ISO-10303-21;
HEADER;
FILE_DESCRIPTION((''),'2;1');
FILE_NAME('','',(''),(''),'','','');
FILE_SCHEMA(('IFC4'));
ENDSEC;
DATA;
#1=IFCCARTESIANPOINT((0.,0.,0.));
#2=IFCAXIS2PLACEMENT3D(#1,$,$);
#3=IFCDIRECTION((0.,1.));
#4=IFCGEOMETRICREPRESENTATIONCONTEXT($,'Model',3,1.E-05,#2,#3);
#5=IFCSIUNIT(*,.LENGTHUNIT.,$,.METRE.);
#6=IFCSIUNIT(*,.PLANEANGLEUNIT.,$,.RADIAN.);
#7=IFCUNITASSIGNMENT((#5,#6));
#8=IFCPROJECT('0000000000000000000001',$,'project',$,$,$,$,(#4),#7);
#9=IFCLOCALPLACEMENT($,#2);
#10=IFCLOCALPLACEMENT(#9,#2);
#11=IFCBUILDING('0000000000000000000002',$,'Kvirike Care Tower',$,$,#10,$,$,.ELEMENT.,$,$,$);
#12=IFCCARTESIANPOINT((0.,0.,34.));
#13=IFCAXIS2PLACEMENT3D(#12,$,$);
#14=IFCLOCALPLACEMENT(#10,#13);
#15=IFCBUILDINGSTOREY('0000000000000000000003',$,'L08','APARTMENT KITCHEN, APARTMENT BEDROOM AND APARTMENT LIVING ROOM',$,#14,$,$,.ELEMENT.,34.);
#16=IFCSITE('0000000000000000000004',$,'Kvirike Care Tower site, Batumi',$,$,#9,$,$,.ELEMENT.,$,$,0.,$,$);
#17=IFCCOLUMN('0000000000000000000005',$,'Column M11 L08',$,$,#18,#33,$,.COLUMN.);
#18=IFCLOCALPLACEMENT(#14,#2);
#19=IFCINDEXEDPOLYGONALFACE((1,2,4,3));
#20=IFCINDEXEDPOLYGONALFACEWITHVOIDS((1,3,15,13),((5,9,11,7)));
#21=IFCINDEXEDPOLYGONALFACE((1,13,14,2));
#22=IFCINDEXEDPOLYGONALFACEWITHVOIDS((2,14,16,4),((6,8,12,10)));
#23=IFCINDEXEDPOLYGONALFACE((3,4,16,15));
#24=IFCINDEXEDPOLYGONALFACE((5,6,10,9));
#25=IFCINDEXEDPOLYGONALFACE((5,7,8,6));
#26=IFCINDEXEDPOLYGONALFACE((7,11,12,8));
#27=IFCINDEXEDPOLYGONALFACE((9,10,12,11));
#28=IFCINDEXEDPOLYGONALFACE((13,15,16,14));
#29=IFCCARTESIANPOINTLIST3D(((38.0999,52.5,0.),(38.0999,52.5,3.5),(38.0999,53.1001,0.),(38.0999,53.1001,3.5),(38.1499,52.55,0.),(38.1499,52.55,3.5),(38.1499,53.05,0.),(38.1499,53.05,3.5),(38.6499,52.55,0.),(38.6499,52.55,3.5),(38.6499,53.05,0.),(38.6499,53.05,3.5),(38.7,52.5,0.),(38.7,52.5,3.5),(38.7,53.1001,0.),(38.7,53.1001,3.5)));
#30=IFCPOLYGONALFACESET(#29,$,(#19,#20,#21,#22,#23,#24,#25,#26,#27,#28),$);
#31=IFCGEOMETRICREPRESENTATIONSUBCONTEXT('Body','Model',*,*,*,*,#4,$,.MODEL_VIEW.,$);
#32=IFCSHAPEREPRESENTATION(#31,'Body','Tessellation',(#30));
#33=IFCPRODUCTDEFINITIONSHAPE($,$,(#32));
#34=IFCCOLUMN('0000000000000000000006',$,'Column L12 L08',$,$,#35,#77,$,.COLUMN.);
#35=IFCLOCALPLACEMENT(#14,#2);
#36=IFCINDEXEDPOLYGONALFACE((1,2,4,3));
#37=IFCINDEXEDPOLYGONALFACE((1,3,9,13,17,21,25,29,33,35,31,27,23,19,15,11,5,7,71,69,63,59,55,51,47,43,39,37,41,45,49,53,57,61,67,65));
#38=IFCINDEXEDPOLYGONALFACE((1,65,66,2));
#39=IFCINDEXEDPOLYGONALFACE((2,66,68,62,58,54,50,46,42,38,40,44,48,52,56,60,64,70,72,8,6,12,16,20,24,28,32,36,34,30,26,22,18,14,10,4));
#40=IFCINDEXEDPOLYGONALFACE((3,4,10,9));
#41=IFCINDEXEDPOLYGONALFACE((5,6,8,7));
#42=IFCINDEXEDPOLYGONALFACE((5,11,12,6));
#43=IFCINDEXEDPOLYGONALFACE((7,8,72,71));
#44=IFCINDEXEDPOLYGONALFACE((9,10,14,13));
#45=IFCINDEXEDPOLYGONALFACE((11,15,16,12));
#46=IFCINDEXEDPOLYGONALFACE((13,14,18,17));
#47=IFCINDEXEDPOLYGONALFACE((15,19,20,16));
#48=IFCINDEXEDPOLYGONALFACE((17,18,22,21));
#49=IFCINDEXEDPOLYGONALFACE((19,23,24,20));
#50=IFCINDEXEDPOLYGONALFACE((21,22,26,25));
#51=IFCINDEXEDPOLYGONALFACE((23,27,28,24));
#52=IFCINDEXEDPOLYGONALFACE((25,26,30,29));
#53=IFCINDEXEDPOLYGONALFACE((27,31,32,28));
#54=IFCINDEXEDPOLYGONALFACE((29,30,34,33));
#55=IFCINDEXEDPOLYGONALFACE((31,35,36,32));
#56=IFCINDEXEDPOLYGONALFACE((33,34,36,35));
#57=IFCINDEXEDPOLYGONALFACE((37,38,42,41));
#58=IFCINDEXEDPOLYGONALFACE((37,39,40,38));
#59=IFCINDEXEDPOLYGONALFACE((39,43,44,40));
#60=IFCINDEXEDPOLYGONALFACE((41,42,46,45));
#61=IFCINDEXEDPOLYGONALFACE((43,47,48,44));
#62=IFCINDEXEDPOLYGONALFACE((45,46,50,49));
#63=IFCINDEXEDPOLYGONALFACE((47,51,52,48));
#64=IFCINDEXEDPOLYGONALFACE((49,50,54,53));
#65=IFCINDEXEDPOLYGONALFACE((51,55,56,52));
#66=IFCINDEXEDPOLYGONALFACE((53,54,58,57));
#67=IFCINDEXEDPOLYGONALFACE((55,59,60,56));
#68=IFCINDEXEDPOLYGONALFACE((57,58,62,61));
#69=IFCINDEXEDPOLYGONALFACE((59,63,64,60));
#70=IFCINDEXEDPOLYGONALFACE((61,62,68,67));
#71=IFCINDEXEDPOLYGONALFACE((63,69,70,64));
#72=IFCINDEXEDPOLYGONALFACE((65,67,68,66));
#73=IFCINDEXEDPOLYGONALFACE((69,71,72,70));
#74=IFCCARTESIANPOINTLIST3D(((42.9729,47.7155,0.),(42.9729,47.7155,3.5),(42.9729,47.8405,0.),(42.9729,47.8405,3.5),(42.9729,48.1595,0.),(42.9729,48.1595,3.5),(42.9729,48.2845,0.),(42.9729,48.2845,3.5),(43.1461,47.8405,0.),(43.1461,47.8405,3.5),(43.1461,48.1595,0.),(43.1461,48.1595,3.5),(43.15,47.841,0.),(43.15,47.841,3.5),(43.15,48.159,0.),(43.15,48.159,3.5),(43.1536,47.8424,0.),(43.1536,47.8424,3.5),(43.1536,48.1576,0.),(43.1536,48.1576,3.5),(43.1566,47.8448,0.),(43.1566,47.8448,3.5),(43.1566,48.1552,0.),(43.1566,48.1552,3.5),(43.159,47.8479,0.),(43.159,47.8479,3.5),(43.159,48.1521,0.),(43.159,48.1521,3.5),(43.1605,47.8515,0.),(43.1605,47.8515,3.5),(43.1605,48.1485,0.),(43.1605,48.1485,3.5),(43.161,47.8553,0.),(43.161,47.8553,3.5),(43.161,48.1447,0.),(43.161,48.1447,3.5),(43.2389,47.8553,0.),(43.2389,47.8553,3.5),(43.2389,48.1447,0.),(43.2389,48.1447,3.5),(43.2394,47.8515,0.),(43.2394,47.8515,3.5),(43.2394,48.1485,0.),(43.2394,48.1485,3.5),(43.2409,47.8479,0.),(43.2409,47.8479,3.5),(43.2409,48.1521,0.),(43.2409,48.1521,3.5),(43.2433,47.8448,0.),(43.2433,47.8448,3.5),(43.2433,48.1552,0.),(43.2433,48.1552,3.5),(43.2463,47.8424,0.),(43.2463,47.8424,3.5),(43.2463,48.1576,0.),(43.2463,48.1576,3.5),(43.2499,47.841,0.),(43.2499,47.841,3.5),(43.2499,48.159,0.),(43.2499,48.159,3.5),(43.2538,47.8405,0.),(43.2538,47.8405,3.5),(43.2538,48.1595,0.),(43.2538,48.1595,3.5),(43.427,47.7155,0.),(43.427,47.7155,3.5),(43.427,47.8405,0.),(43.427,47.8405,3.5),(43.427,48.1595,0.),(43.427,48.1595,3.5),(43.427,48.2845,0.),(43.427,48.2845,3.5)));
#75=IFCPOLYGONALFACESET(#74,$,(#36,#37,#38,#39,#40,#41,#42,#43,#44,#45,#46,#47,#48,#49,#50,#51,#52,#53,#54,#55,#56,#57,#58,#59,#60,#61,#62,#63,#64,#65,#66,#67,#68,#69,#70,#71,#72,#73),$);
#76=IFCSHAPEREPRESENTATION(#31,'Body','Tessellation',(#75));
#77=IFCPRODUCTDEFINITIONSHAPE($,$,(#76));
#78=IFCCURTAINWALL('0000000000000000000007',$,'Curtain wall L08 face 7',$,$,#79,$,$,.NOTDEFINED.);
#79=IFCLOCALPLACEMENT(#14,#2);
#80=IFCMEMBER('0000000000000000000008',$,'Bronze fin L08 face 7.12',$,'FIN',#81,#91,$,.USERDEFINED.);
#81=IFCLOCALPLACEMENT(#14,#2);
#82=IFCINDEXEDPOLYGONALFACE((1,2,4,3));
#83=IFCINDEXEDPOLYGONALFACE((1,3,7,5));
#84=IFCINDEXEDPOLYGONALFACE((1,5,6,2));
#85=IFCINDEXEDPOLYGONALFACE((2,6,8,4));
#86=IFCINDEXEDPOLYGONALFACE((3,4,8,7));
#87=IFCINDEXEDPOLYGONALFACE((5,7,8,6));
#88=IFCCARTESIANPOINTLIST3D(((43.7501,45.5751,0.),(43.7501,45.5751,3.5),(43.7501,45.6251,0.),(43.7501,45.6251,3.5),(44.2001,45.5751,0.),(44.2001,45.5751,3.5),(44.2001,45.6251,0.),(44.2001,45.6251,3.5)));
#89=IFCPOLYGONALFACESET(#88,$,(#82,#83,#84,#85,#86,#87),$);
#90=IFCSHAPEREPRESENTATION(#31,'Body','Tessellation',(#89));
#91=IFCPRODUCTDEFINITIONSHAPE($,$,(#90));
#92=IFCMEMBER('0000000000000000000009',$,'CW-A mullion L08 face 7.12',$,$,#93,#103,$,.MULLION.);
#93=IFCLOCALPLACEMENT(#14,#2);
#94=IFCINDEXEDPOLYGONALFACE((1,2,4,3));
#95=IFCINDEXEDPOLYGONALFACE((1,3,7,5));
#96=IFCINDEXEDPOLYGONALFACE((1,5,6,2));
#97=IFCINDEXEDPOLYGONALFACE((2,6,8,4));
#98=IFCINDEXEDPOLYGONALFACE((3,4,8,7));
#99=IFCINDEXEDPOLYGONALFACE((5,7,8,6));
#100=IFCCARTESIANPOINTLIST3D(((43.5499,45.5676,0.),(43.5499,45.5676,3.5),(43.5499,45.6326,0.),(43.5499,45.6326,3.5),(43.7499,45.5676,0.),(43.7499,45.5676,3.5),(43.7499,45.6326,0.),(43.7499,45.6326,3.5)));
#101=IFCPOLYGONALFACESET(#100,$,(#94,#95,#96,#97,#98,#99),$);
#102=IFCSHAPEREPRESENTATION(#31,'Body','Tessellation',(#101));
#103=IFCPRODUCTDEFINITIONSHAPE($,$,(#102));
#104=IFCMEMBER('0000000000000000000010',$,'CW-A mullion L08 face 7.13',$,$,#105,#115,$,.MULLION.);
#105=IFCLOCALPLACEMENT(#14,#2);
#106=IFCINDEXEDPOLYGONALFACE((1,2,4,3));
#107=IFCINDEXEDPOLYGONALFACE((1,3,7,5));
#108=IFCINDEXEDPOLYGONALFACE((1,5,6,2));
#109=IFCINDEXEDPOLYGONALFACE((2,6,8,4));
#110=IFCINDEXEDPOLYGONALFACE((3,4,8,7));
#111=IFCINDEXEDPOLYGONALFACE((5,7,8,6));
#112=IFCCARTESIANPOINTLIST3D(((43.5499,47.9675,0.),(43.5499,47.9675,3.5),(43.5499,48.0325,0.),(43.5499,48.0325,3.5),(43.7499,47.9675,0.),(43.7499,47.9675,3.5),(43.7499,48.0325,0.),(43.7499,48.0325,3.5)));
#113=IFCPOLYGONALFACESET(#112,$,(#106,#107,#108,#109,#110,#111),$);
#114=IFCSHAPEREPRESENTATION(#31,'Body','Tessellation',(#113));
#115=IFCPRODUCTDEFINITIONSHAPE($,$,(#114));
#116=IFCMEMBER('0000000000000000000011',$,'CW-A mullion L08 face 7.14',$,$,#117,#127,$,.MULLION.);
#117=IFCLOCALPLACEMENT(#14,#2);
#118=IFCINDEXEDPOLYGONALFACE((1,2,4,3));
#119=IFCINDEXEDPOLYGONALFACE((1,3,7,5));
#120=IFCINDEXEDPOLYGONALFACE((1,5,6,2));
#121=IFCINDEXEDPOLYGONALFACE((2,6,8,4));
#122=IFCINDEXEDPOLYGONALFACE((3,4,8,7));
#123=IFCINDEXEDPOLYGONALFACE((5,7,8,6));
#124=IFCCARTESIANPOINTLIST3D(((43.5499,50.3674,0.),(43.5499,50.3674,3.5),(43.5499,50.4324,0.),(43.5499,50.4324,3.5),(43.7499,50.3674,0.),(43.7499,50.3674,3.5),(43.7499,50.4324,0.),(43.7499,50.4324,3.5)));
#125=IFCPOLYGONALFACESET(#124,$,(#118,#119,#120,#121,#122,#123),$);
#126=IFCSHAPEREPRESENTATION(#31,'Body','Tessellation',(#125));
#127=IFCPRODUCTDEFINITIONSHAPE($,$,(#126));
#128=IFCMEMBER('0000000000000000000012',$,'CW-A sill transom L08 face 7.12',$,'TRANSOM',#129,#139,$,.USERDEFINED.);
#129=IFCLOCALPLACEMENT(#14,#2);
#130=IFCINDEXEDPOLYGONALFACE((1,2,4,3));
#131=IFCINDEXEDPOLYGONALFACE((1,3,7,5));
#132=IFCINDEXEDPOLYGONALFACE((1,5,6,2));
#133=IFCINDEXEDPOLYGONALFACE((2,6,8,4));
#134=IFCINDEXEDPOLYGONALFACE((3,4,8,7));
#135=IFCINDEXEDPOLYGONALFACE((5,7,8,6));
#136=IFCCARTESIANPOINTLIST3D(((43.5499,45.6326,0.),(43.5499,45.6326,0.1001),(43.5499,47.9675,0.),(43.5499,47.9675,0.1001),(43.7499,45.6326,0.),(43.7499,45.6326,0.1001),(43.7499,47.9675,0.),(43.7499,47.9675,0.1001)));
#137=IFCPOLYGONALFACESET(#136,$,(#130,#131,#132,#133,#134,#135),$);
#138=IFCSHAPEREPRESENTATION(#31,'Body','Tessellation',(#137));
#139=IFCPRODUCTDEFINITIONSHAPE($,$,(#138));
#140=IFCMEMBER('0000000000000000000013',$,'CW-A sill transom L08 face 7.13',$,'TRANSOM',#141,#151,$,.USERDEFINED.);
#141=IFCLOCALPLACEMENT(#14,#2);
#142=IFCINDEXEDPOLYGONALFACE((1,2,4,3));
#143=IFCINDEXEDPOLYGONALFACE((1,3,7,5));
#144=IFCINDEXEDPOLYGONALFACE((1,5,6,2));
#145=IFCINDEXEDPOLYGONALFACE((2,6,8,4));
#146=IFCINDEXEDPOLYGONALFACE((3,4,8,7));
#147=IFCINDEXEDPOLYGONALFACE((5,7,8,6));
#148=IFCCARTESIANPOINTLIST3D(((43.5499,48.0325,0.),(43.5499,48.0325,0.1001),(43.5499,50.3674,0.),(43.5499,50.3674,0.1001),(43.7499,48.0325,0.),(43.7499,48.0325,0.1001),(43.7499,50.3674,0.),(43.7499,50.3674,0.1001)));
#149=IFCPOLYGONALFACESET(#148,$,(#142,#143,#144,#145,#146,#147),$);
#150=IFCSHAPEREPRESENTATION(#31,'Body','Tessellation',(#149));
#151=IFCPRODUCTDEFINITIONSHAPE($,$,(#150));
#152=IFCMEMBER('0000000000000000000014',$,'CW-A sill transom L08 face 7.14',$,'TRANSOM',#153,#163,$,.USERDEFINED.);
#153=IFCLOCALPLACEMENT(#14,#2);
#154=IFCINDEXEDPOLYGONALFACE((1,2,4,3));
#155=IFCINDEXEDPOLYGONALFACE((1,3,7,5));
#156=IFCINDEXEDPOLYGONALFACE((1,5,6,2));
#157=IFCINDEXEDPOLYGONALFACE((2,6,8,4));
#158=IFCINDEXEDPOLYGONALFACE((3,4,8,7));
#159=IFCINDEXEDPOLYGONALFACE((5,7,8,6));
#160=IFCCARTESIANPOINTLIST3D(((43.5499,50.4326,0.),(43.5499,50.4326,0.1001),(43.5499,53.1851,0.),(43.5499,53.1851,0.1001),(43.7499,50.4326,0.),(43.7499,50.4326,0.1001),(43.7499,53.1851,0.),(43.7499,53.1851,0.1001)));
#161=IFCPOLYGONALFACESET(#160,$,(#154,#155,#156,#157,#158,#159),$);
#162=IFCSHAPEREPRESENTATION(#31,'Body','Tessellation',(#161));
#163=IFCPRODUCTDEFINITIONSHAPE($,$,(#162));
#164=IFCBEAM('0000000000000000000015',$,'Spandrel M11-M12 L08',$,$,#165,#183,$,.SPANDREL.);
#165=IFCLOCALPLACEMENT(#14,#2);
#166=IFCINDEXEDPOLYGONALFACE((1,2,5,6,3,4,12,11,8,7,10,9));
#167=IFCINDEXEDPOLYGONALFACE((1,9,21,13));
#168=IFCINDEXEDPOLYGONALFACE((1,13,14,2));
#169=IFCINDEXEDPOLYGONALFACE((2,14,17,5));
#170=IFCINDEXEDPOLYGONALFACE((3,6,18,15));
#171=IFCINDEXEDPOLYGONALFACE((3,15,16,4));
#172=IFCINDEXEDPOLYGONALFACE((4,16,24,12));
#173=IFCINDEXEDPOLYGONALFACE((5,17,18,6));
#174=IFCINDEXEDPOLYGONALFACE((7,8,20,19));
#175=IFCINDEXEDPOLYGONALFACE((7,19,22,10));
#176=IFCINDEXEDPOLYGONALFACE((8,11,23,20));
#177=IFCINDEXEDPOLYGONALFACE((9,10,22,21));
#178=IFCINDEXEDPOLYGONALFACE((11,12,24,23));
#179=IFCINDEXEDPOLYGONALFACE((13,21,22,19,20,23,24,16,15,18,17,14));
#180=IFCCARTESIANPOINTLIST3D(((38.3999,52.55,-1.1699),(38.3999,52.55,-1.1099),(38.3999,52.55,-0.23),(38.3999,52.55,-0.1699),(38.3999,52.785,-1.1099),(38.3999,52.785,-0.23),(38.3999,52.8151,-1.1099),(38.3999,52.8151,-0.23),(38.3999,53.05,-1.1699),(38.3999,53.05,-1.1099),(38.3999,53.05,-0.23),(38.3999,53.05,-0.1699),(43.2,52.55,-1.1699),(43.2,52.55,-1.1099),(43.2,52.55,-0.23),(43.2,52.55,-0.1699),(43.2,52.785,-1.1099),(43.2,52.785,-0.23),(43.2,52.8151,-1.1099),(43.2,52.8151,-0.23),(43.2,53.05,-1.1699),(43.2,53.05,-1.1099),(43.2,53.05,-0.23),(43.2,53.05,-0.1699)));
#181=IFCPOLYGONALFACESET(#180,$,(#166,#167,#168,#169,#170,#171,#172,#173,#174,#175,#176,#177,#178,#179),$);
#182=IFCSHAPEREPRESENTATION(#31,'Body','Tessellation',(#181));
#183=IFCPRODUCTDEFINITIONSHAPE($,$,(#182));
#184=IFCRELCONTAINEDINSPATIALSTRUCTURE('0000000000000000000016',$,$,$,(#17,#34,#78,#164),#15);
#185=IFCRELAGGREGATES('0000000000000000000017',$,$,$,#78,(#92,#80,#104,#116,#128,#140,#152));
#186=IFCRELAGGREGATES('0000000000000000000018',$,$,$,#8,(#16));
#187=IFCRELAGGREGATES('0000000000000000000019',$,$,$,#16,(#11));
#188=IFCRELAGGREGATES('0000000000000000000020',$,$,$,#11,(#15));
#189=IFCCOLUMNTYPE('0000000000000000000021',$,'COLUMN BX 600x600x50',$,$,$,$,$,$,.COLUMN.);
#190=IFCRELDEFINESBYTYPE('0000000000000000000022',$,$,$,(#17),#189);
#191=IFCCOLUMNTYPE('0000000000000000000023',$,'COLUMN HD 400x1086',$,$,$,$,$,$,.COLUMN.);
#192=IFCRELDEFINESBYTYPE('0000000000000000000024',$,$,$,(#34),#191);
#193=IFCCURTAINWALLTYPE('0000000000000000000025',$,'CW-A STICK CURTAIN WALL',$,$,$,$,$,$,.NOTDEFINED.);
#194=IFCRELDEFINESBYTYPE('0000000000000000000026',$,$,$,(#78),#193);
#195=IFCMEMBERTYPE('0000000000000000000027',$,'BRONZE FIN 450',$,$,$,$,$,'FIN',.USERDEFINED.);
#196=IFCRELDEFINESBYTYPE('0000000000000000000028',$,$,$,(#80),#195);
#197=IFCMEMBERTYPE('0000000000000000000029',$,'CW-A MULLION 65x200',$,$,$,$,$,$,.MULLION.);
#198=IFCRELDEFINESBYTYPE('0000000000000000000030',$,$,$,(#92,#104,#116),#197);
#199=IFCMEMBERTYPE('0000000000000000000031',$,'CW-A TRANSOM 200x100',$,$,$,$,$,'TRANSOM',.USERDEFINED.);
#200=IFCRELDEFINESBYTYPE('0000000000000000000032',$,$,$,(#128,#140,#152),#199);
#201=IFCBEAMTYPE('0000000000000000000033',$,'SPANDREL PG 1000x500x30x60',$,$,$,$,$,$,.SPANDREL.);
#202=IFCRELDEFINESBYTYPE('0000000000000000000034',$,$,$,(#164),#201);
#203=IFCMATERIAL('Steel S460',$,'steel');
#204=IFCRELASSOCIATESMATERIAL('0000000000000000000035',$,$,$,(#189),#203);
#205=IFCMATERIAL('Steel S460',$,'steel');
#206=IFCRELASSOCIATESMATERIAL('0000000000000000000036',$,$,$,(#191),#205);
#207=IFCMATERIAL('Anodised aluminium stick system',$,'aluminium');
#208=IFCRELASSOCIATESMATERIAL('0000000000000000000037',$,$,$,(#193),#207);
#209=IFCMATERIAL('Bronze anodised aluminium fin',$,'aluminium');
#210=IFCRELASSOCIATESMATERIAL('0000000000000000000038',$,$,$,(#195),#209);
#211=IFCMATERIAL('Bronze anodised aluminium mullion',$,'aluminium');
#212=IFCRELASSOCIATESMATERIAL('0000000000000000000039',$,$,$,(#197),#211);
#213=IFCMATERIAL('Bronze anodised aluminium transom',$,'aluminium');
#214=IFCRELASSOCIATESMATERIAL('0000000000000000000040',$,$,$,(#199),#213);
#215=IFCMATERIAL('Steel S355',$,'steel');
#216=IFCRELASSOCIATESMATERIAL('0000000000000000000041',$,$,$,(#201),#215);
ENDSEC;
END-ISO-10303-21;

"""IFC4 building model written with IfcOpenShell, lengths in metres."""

from ifc_helpers import new_model, si_unit, direction, frame, origin, origin_2d, place, context, subcontext, project, spatial, rectangle, hollow_rectangle, i_section, extrude, material, material_profile, profile_set, type_object, element, aggregate, save


model = new_model("IFC4")

# Units and contexts
model_context = context("Model", 3, precision=1e-05, world=origin(), true_north=direction((0.0, 1.0)))
body_context = subcontext(model_context, "Body", "Model", "MODEL_VIEW")
ifc_project = project(units=[si_unit("LENGTHUNIT", "METRE"), si_unit("PLANEANGLEUNIT", "RADIAN")], contexts=[model_context])

# Site, building, storey
site_placement = place(None, origin())
site = spatial("IfcSite", under=ifc_project, at=site_placement, Name="Kvirike Care Tower site, Batumi", CompositionType="ELEMENT", RefElevation=0.0)
building_placement = place(site_placement, origin())
building = spatial("IfcBuilding", under=site, at=building_placement, Name="Kvirike Care Tower", CompositionType="ELEMENT")
storey_placement = place(building_placement, frame((0.0, 0.0, 34.0)))
storey = spatial("IfcBuildingStorey", under=building, at=storey_placement, Name="L08", Description="APARTMENT KITCHEN, APARTMENT BEDROOM AND APARTMENT LIVING ROOM", CompositionType="ELEMENT", Elevation=34.0)

# Columns
ifc_material_1 = material(Name="Steel S460", Category="steel")
ifc_material_profile_1 = material_profile(ifc_material_1, hollow_rectangle(XDim=0.6001, YDim=0.6001, WallThickness=0.05, at=origin_2d()), Name="BX 600x600x50")
ifc_profile_set_1 = profile_set([ifc_material_profile_1], Name="Steel S460")
column_type_1 = type_object("IfcColumnType", Name="COLUMN BX 600x600x50", PredefinedType="COLUMN", material=ifc_profile_set_1)
column_1_placement = place(storey_placement, frame((38.3999, 52.8, 0.0), z_axis=(0.0, 0.0, 1.0), x_axis=(0.0, 1.0, 0.0)))
element("IfcColumn", 1, at=column_1_placement, inside=storey, type_object=column_type_1, Name="Column M11 L08", PredefinedType="COLUMN", context=body_context, shape_type="SweptSolid", body=[
    extrude(hollow_rectangle(XDim=0.6001, YDim=0.6001, WallThickness=0.05, at=origin_2d()), origin(), (0.0, 0.0, 1.0), 3.5),
])
ifc_material_2 = material(Name="Steel S460", Category="steel")
ifc_material_profile_2 = material_profile(ifc_material_2, i_section(OverallWidth=0.4541, OverallDepth=0.5691, WebThickness=0.0779, FlangeThickness=0.125, FilletRadius=0.0149, at=origin_2d()), Name="HD 400x1086")
ifc_profile_set_2 = profile_set([ifc_material_profile_2], Name="Steel S460")
column_type_2 = type_object("IfcColumnType", Name="COLUMN HD 400x1086", PredefinedType="COLUMN", material=ifc_profile_set_2)
column_2_placement = place(storey_placement, frame((43.2, 48.0, 0.0), z_axis=(0.0, 0.0, 1.0), x_axis=(1.0, 0.0, 0.0)))
element("IfcColumn", 2, at=column_2_placement, inside=storey, type_object=column_type_2, Name="Column L12 L08", PredefinedType="COLUMN", context=body_context, shape_type="SweptSolid", body=[
    extrude(i_section(OverallWidth=0.4541, OverallDepth=0.5691, WebThickness=0.0779, FlangeThickness=0.125, FilletRadius=0.0149, at=origin_2d()), origin(), (0.0, 0.0, 1.0), 3.5),
])

# Curtain wall, members
ifc_material_3 = material(Name="Anodised aluminium stick system", Category="aluminium")
curtain_wall_type = type_object("IfcCurtainWallType", Name="CW-A STICK CURTAIN WALL", PredefinedType="NOTDEFINED", material=ifc_material_3)
curtain_wall_placement = place(storey_placement, origin())
curtain_wall = element("IfcCurtainWall", 3, at=curtain_wall_placement, inside=storey, type_object=curtain_wall_type, Name="Curtain wall L08 face 7", PredefinedType="NOTDEFINED")
ifc_material_4 = material(Name="Bronze anodised aluminium fin", Category="aluminium")
ifc_material_profile_3 = material_profile(ifc_material_4, rectangle(XDim=0.05, YDim=0.45, at=origin_2d()), Name="BRONZE FIN 450")
ifc_profile_set_3 = profile_set([ifc_material_profile_3], Name="Bronze anodised aluminium fin")
member_type_1 = type_object("IfcMemberType", Name="BRONZE FIN 450", ElementType="FIN", PredefinedType="USERDEFINED", material=ifc_profile_set_3)
member_1_placement = place(storey_placement, frame((43.9751, 45.6001, 0.0), z_axis=(0.0, 0.0, 1.0), x_axis=(0.0, 1.0, 0.0)))
member_1 = element("IfcMember", 4, at=member_1_placement, type_object=member_type_1, Name="Bronze fin L08 face 7.12", ObjectType="FIN", PredefinedType="USERDEFINED", context=body_context, shape_type="SweptSolid", body=[
    extrude(rectangle(XDim=0.05, YDim=0.45, at=origin_2d()), origin(), (0.0, 0.0, 1.0), 3.5),
])
ifc_material_5 = material(Name="Bronze anodised aluminium mullion", Category="aluminium")
ifc_material_profile_4 = material_profile(ifc_material_5, rectangle(XDim=0.0649, YDim=0.2, at=origin_2d()), Name="CW-A MULLION 65x200")
ifc_profile_set_4 = profile_set([ifc_material_profile_4], Name="Bronze anodised aluminium mullion")
member_type_2 = type_object("IfcMemberType", Name="CW-A MULLION 65x200", PredefinedType="MULLION", material=ifc_profile_set_4)
member_2_placement = place(storey_placement, frame((43.6499, 45.6001, 0.0), z_axis=(0.0, 0.0, 1.0), x_axis=(0.0, 1.0, 0.0)))
member_2 = element("IfcMember", 5, at=member_2_placement, type_object=member_type_2, Name="CW-A mullion L08 face 7.12", PredefinedType="MULLION", context=body_context, shape_type="SweptSolid", body=[
    extrude(rectangle(XDim=0.0649, YDim=0.2, at=origin_2d()), origin(), (0.0, 0.0, 1.0), 3.5),
])
member_3_placement = place(storey_placement, frame((43.6499, 48.0, 0.0), z_axis=(0.0, 0.0, 1.0), x_axis=(0.0, 1.0, 0.0)))
member_3 = element("IfcMember", 6, at=member_3_placement, type_object=member_type_2, Name="CW-A mullion L08 face 7.13", PredefinedType="MULLION", context=body_context, shape_type="SweptSolid", body=[
    extrude(rectangle(XDim=0.0649, YDim=0.2, at=origin_2d()), origin(), (0.0, 0.0, 1.0), 3.5),
])
member_4_placement = place(storey_placement, frame((43.6499, 50.3999, 0.0), z_axis=(0.0, 0.0, 1.0), x_axis=(0.0, 1.0, 0.0)))
member_4 = element("IfcMember", 7, at=member_4_placement, type_object=member_type_2, Name="CW-A mullion L08 face 7.14", PredefinedType="MULLION", context=body_context, shape_type="SweptSolid", body=[
    extrude(rectangle(XDim=0.0649, YDim=0.2, at=origin_2d()), origin(), (0.0, 0.0, 1.0), 3.5),
])
ifc_material_6 = material(Name="Bronze anodised aluminium transom", Category="aluminium")
ifc_material_profile_5 = material_profile(ifc_material_6, rectangle(XDim=0.2, YDim=0.1001, at=origin_2d()), Name="CW-A TRANSOM 200x100")
ifc_profile_set_5 = profile_set([ifc_material_profile_5], Name="Bronze anodised aluminium transom")
member_type_3 = type_object("IfcMemberType", Name="CW-A TRANSOM 200x100", ElementType="TRANSOM", PredefinedType="USERDEFINED", material=ifc_profile_set_5)
member_5_placement = place(storey_placement, frame((43.6499, 45.6326, 0.05), z_axis=(0.0, 1.0, 0.0), x_axis=(-1.0, 0.0, 0.0)))
member_5 = element("IfcMember", 8, at=member_5_placement, type_object=member_type_3, Name="CW-A sill transom L08 face 7.12", ObjectType="TRANSOM", PredefinedType="USERDEFINED", context=body_context, shape_type="SweptSolid", body=[
    extrude(rectangle(XDim=0.2, YDim=0.1001, at=origin_2d()), origin(), (0.0, 0.0, 1.0), 2.335),
])
member_6_placement = place(storey_placement, frame((43.6499, 48.0325, 0.05), z_axis=(0.0, 1.0, 0.0), x_axis=(-1.0, 0.0, 0.0)))
member_6 = element("IfcMember", 9, at=member_6_placement, type_object=member_type_3, Name="CW-A sill transom L08 face 7.13", ObjectType="TRANSOM", PredefinedType="USERDEFINED", context=body_context, shape_type="SweptSolid", body=[
    extrude(rectangle(XDim=0.2, YDim=0.1001, at=origin_2d()), origin(), (0.0, 0.0, 1.0), 2.335),
])
member_7_placement = place(storey_placement, frame((43.6499, 50.4326, 0.05), z_axis=(0.0, 1.0, 0.0), x_axis=(-1.0, 0.0, 0.0)))
member_7 = element("IfcMember", 10, at=member_7_placement, type_object=member_type_3, Name="CW-A sill transom L08 face 7.14", ObjectType="TRANSOM", PredefinedType="USERDEFINED", context=body_context, shape_type="SweptSolid", body=[
    extrude(rectangle(XDim=0.2, YDim=0.1001, at=origin_2d()), origin(), (0.0, 0.0, 1.0), 2.7524),
])

# Beam
ifc_material_7 = material(Name="Steel S355", Category="steel")
ifc_material_profile_6 = material_profile(ifc_material_7, i_section(OverallWidth=0.5, OverallDepth=1.0, WebThickness=0.03, FlangeThickness=0.0601, at=origin_2d()), Name="PG 1000x500x30x60")
ifc_profile_set_6 = profile_set([ifc_material_profile_6], Name="Steel S355")
beam_type = type_object("IfcBeamType", Name="SPANDREL PG 1000x500x30x60", PredefinedType="SPANDREL", material=ifc_profile_set_6)
for number, where, z_axis, x_axis, name in (
    (11, (38.3999, 52.8, -0.6699), (1.0, 0.0, 0.0), (0.0, 1.0, 0.0), "Spandrel M11-M12 L08"),
):
    element("IfcBeam", number, at=place(storey_placement, frame(where, z_axis=z_axis, x_axis=x_axis)), inside=storey, type_object=beam_type, Name=name, PredefinedType="SPANDREL", context=body_context, shape_type="SweptSolid", body=[
        extrude(i_section(OverallWidth=0.5, OverallDepth=1.0, WebThickness=0.03, FlangeThickness=0.0601, at=origin_2d()), origin(), (0.0, 0.0, 1.0), 4.8),
    ])

aggregate(curtain_wall, [member_2, member_1, member_3, member_4, member_5, member_6, member_7])

save(model, "model.ifc")
